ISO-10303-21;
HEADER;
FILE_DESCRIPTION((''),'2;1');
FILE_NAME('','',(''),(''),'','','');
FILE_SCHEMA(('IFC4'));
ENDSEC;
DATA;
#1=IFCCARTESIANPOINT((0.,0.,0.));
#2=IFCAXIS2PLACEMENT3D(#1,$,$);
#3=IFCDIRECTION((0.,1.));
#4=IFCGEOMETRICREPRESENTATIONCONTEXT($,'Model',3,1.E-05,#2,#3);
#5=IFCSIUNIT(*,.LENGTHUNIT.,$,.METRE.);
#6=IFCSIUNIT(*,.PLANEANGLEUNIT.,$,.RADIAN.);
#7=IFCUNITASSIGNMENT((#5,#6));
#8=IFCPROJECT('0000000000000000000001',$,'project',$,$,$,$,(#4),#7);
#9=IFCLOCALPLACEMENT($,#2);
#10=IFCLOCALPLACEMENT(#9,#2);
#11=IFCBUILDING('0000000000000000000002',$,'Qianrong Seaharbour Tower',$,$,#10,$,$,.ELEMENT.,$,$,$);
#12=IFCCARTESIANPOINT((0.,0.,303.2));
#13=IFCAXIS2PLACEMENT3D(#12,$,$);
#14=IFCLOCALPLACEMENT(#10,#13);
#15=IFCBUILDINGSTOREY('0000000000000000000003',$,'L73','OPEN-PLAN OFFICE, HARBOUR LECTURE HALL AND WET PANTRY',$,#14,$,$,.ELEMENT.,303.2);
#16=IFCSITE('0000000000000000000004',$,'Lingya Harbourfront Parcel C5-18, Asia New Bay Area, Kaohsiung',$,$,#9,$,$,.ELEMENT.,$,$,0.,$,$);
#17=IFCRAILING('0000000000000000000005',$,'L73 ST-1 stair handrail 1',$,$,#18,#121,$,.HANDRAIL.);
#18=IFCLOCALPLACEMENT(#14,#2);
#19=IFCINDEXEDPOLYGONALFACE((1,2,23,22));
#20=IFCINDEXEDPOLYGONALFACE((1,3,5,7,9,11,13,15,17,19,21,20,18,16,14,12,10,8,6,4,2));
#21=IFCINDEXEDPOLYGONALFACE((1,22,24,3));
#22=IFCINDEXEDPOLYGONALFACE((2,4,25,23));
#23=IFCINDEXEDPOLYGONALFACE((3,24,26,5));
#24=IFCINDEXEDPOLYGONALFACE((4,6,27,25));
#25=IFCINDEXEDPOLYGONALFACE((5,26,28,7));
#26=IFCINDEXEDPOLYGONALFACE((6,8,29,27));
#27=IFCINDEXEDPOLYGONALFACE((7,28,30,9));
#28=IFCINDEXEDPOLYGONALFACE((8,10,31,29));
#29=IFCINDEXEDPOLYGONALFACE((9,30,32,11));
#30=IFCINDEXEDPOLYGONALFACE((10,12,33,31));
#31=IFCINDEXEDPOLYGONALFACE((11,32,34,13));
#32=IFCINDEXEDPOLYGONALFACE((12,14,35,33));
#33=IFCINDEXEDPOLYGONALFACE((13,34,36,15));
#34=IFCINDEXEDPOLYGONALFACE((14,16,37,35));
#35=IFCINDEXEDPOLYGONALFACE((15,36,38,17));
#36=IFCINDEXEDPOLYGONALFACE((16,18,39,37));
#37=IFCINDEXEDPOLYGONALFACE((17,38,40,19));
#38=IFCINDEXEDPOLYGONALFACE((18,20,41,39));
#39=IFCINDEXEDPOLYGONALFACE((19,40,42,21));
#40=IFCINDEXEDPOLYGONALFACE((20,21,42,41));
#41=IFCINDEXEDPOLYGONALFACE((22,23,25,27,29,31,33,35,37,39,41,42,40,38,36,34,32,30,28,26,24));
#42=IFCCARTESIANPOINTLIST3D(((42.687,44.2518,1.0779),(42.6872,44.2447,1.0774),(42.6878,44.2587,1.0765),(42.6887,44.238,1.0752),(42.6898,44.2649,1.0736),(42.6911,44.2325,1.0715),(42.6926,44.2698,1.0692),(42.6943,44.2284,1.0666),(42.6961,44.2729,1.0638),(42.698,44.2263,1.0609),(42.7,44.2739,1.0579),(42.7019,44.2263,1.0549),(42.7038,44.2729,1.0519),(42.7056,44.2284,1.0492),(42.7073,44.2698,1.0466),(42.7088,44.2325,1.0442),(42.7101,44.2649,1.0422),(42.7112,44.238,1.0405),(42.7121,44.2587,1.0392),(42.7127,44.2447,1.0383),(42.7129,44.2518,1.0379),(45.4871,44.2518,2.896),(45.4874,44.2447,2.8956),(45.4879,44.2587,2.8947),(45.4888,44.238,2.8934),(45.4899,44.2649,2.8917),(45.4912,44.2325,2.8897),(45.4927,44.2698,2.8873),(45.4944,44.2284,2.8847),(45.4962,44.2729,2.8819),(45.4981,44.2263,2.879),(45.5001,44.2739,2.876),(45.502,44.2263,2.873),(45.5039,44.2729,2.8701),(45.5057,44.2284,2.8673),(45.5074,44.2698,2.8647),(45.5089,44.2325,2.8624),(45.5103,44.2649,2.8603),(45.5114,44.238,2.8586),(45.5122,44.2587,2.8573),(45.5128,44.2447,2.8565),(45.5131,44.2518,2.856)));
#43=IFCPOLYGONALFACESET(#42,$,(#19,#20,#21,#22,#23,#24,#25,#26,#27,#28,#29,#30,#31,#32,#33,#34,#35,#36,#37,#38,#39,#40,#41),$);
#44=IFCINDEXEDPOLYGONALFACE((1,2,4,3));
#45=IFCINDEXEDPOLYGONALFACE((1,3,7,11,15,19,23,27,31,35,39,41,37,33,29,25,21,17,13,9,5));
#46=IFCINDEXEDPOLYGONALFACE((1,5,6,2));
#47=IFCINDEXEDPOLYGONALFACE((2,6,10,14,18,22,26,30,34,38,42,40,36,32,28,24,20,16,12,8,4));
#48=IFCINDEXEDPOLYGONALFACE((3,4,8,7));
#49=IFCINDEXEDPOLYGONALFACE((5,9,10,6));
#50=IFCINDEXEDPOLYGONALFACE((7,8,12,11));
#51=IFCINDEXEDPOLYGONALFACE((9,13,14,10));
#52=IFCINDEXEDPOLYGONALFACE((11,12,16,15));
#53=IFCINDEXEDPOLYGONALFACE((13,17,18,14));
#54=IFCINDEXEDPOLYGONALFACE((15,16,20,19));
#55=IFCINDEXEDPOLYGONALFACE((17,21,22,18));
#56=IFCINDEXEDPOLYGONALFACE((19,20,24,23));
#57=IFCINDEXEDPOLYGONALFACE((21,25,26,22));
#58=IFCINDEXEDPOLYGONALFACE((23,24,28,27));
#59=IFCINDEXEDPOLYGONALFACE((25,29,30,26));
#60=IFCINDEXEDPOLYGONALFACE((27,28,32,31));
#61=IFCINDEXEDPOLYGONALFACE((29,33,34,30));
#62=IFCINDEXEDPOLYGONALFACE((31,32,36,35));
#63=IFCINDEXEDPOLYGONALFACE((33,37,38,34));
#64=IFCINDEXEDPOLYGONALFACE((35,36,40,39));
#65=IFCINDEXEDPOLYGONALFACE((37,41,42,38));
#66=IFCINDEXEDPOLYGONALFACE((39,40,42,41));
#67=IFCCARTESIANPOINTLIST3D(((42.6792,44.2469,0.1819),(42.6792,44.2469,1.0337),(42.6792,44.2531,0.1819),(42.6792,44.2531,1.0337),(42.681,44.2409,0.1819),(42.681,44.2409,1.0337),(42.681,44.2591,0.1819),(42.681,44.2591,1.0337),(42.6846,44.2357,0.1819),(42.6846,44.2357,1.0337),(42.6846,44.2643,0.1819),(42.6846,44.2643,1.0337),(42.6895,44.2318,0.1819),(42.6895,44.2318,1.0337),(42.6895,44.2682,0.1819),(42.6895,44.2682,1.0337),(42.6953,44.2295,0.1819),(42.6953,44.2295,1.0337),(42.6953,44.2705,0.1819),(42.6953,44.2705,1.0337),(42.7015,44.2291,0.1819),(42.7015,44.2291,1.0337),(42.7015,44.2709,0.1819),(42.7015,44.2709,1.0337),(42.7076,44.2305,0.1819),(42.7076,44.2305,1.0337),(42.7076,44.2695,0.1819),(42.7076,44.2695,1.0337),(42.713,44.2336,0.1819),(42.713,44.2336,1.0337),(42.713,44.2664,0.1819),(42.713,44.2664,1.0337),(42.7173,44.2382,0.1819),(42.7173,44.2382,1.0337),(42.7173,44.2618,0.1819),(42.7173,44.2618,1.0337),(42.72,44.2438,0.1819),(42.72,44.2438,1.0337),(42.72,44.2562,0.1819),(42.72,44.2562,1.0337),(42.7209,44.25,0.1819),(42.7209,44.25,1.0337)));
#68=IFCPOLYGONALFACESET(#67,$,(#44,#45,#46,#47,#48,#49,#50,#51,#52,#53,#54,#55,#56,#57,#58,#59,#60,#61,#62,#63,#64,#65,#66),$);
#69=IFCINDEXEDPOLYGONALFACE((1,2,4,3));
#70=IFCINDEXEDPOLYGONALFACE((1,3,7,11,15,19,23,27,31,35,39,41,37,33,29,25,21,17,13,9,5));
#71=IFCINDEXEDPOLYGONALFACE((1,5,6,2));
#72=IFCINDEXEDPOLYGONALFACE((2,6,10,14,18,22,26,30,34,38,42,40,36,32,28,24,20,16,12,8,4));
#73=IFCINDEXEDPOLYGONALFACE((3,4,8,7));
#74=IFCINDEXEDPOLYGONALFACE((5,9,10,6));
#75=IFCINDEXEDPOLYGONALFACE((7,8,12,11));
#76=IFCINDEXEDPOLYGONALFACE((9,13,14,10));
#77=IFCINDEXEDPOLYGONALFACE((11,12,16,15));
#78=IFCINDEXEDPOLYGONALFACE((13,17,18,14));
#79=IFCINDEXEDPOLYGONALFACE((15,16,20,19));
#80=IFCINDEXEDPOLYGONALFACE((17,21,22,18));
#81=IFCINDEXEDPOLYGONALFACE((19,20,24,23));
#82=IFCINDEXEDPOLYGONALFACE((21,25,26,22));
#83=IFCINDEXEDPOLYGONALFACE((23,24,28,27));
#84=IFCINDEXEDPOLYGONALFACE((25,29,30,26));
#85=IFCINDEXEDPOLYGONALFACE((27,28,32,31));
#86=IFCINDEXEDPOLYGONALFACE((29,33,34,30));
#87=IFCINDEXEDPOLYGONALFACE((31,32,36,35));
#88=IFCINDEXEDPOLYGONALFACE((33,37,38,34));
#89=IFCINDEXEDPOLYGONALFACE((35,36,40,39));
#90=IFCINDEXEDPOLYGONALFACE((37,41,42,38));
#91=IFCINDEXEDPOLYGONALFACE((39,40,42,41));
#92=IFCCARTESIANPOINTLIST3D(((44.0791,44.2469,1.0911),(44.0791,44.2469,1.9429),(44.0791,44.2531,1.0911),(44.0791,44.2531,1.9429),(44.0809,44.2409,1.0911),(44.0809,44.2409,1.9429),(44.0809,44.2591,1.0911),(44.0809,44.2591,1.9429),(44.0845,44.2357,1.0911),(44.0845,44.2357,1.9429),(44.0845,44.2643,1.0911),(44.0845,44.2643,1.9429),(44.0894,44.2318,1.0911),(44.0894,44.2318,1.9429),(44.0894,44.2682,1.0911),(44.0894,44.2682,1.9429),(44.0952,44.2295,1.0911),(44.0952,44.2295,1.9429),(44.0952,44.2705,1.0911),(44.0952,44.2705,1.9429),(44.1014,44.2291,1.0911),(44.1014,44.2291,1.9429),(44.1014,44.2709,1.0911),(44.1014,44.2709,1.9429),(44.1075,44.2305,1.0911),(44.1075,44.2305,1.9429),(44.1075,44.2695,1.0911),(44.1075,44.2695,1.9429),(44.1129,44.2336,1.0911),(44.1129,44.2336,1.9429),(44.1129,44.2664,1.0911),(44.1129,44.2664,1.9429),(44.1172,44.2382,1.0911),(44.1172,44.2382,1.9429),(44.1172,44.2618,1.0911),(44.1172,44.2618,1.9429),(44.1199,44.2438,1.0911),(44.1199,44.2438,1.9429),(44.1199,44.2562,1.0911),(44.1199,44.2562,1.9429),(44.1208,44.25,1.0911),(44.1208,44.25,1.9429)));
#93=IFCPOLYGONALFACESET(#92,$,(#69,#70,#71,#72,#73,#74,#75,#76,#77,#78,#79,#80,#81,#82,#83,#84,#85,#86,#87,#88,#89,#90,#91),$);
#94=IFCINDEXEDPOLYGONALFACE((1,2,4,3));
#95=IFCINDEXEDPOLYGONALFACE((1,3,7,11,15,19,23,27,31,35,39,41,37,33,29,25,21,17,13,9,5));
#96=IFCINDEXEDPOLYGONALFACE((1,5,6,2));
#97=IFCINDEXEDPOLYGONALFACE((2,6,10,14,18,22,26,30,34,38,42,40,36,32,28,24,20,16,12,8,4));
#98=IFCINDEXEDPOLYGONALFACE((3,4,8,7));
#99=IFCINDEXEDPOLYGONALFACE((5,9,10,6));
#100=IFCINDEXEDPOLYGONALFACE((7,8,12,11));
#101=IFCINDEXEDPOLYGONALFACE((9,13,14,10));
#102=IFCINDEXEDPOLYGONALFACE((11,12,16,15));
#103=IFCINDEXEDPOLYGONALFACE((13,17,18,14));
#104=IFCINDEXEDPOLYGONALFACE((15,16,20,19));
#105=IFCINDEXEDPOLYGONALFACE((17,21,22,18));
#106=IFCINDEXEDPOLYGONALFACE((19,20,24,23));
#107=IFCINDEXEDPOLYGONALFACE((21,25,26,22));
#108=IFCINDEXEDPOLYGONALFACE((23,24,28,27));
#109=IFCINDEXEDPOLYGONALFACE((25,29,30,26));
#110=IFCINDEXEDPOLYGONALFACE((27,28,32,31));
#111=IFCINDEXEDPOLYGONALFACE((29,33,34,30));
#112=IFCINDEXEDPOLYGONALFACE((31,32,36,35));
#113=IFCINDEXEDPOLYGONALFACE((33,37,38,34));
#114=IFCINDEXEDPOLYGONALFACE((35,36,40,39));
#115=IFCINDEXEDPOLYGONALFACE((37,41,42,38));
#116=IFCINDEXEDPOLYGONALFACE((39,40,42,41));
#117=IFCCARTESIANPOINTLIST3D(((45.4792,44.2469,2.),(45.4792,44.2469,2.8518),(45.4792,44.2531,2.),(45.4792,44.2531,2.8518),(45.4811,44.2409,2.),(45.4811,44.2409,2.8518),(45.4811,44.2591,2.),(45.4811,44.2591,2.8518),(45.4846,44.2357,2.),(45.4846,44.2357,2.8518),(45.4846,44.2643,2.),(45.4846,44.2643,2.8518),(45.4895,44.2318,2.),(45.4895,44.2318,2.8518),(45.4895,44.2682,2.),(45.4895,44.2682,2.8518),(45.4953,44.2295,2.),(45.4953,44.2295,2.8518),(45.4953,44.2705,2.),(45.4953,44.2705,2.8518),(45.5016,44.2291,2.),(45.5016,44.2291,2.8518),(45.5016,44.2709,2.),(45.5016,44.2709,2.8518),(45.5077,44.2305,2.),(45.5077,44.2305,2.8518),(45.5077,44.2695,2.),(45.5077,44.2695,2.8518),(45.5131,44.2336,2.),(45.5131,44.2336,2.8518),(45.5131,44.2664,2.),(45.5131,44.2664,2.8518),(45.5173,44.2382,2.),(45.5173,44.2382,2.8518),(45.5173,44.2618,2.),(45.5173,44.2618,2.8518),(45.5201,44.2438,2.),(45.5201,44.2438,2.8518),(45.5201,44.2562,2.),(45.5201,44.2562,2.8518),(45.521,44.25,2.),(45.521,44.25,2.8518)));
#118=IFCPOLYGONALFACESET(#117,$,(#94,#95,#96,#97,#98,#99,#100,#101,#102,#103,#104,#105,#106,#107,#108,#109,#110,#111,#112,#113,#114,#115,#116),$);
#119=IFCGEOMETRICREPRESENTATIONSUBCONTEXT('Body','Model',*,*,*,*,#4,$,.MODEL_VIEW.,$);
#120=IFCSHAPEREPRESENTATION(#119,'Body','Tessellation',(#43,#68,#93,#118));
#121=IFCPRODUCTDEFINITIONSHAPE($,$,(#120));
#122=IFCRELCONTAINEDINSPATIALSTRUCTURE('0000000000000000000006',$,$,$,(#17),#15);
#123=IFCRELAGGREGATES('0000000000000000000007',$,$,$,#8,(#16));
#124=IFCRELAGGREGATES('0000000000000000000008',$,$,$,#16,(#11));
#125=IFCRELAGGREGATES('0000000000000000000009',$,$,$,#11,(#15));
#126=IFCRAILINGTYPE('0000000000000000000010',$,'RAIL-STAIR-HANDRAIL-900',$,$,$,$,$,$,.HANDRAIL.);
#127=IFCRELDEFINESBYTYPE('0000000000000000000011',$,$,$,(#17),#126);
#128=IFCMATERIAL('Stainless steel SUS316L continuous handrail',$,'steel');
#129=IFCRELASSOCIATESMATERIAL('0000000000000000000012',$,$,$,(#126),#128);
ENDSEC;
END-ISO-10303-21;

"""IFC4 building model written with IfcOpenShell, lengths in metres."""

from ifc_helpers import new_model, si_unit, direction, frame, origin, origin_2d, place, context, subcontext, project, spatial, circle, extrude, material, type_object, element, save


model = new_model("IFC4")

# Units and contexts
model_context = context("Model", 3, precision=1e-05, world=origin(), true_north=direction((0.0, 1.0)))
body_context = subcontext(model_context, "Body", "Model", "MODEL_VIEW")
ifc_project = project(units=[si_unit("LENGTHUNIT", "METRE"), si_unit("PLANEANGLEUNIT", "RADIAN")], contexts=[model_context])

# Site, building, storey
site_placement = place(None, origin())
site = spatial("IfcSite", under=ifc_project, at=site_placement, Name="Lingya Harbourfront Parcel C5-18, Asia New Bay Area, Kaohsiung", CompositionType="ELEMENT", RefElevation=0.0)
building_placement = place(site_placement, origin())
building = spatial("IfcBuilding", under=site, at=building_placement, Name="Qianrong Seaharbour Tower", CompositionType="ELEMENT")
storey_placement = place(building_placement, frame((0.0, 0.0, 303.2)))
storey = spatial("IfcBuildingStorey", under=building, at=storey_placement, Name="L73", Description="OPEN-PLAN OFFICE, HARBOUR LECTURE HALL AND WET PANTRY", CompositionType="ELEMENT", Elevation=303.2)

# Railing
ifc_material_1 = material(Name="Stainless steel SUS316L continuous handrail", Category="steel")
railing_type_1 = type_object("IfcRailingType", Name="RAIL-STAIR-HANDRAIL-900", PredefinedType="HANDRAIL", material=ifc_material_1)
railing_1_placement = place(storey_placement, frame((42.7, 44.25, 0.1819)))
element("IfcRailing", 1, at=railing_1_placement, inside=storey, type_object=railing_type_1, Name="L73 ST-1 stair handrail 1", PredefinedType="HANDRAIL", context=body_context, shape_type="SweptSolid", body=[
    extrude(circle(Radius=0.0239, at=origin_2d()), frame((0.0, 0.0, 0.876), z_axis=(0.838706, 0.0, 0.544585), x_axis=(0.0, 1.0, 0.0)), (0.0, 0.0, 1.0), 3.3386),
    extrude(circle(Radius=0.021, at=origin_2d()), origin(), (0.0, 0.0, 1.0), 0.8518),
    extrude(circle(Radius=0.021, at=origin_2d()), frame((1.3999, 0.0, 0.9092)), (0.0, 0.0, 1.0), 0.8518),
    extrude(circle(Radius=0.021, at=origin_2d()), frame((2.8, 0.0, 1.8181)), (0.0, 0.0, 1.0), 0.8518),
])

save(model, "model.ifc")
